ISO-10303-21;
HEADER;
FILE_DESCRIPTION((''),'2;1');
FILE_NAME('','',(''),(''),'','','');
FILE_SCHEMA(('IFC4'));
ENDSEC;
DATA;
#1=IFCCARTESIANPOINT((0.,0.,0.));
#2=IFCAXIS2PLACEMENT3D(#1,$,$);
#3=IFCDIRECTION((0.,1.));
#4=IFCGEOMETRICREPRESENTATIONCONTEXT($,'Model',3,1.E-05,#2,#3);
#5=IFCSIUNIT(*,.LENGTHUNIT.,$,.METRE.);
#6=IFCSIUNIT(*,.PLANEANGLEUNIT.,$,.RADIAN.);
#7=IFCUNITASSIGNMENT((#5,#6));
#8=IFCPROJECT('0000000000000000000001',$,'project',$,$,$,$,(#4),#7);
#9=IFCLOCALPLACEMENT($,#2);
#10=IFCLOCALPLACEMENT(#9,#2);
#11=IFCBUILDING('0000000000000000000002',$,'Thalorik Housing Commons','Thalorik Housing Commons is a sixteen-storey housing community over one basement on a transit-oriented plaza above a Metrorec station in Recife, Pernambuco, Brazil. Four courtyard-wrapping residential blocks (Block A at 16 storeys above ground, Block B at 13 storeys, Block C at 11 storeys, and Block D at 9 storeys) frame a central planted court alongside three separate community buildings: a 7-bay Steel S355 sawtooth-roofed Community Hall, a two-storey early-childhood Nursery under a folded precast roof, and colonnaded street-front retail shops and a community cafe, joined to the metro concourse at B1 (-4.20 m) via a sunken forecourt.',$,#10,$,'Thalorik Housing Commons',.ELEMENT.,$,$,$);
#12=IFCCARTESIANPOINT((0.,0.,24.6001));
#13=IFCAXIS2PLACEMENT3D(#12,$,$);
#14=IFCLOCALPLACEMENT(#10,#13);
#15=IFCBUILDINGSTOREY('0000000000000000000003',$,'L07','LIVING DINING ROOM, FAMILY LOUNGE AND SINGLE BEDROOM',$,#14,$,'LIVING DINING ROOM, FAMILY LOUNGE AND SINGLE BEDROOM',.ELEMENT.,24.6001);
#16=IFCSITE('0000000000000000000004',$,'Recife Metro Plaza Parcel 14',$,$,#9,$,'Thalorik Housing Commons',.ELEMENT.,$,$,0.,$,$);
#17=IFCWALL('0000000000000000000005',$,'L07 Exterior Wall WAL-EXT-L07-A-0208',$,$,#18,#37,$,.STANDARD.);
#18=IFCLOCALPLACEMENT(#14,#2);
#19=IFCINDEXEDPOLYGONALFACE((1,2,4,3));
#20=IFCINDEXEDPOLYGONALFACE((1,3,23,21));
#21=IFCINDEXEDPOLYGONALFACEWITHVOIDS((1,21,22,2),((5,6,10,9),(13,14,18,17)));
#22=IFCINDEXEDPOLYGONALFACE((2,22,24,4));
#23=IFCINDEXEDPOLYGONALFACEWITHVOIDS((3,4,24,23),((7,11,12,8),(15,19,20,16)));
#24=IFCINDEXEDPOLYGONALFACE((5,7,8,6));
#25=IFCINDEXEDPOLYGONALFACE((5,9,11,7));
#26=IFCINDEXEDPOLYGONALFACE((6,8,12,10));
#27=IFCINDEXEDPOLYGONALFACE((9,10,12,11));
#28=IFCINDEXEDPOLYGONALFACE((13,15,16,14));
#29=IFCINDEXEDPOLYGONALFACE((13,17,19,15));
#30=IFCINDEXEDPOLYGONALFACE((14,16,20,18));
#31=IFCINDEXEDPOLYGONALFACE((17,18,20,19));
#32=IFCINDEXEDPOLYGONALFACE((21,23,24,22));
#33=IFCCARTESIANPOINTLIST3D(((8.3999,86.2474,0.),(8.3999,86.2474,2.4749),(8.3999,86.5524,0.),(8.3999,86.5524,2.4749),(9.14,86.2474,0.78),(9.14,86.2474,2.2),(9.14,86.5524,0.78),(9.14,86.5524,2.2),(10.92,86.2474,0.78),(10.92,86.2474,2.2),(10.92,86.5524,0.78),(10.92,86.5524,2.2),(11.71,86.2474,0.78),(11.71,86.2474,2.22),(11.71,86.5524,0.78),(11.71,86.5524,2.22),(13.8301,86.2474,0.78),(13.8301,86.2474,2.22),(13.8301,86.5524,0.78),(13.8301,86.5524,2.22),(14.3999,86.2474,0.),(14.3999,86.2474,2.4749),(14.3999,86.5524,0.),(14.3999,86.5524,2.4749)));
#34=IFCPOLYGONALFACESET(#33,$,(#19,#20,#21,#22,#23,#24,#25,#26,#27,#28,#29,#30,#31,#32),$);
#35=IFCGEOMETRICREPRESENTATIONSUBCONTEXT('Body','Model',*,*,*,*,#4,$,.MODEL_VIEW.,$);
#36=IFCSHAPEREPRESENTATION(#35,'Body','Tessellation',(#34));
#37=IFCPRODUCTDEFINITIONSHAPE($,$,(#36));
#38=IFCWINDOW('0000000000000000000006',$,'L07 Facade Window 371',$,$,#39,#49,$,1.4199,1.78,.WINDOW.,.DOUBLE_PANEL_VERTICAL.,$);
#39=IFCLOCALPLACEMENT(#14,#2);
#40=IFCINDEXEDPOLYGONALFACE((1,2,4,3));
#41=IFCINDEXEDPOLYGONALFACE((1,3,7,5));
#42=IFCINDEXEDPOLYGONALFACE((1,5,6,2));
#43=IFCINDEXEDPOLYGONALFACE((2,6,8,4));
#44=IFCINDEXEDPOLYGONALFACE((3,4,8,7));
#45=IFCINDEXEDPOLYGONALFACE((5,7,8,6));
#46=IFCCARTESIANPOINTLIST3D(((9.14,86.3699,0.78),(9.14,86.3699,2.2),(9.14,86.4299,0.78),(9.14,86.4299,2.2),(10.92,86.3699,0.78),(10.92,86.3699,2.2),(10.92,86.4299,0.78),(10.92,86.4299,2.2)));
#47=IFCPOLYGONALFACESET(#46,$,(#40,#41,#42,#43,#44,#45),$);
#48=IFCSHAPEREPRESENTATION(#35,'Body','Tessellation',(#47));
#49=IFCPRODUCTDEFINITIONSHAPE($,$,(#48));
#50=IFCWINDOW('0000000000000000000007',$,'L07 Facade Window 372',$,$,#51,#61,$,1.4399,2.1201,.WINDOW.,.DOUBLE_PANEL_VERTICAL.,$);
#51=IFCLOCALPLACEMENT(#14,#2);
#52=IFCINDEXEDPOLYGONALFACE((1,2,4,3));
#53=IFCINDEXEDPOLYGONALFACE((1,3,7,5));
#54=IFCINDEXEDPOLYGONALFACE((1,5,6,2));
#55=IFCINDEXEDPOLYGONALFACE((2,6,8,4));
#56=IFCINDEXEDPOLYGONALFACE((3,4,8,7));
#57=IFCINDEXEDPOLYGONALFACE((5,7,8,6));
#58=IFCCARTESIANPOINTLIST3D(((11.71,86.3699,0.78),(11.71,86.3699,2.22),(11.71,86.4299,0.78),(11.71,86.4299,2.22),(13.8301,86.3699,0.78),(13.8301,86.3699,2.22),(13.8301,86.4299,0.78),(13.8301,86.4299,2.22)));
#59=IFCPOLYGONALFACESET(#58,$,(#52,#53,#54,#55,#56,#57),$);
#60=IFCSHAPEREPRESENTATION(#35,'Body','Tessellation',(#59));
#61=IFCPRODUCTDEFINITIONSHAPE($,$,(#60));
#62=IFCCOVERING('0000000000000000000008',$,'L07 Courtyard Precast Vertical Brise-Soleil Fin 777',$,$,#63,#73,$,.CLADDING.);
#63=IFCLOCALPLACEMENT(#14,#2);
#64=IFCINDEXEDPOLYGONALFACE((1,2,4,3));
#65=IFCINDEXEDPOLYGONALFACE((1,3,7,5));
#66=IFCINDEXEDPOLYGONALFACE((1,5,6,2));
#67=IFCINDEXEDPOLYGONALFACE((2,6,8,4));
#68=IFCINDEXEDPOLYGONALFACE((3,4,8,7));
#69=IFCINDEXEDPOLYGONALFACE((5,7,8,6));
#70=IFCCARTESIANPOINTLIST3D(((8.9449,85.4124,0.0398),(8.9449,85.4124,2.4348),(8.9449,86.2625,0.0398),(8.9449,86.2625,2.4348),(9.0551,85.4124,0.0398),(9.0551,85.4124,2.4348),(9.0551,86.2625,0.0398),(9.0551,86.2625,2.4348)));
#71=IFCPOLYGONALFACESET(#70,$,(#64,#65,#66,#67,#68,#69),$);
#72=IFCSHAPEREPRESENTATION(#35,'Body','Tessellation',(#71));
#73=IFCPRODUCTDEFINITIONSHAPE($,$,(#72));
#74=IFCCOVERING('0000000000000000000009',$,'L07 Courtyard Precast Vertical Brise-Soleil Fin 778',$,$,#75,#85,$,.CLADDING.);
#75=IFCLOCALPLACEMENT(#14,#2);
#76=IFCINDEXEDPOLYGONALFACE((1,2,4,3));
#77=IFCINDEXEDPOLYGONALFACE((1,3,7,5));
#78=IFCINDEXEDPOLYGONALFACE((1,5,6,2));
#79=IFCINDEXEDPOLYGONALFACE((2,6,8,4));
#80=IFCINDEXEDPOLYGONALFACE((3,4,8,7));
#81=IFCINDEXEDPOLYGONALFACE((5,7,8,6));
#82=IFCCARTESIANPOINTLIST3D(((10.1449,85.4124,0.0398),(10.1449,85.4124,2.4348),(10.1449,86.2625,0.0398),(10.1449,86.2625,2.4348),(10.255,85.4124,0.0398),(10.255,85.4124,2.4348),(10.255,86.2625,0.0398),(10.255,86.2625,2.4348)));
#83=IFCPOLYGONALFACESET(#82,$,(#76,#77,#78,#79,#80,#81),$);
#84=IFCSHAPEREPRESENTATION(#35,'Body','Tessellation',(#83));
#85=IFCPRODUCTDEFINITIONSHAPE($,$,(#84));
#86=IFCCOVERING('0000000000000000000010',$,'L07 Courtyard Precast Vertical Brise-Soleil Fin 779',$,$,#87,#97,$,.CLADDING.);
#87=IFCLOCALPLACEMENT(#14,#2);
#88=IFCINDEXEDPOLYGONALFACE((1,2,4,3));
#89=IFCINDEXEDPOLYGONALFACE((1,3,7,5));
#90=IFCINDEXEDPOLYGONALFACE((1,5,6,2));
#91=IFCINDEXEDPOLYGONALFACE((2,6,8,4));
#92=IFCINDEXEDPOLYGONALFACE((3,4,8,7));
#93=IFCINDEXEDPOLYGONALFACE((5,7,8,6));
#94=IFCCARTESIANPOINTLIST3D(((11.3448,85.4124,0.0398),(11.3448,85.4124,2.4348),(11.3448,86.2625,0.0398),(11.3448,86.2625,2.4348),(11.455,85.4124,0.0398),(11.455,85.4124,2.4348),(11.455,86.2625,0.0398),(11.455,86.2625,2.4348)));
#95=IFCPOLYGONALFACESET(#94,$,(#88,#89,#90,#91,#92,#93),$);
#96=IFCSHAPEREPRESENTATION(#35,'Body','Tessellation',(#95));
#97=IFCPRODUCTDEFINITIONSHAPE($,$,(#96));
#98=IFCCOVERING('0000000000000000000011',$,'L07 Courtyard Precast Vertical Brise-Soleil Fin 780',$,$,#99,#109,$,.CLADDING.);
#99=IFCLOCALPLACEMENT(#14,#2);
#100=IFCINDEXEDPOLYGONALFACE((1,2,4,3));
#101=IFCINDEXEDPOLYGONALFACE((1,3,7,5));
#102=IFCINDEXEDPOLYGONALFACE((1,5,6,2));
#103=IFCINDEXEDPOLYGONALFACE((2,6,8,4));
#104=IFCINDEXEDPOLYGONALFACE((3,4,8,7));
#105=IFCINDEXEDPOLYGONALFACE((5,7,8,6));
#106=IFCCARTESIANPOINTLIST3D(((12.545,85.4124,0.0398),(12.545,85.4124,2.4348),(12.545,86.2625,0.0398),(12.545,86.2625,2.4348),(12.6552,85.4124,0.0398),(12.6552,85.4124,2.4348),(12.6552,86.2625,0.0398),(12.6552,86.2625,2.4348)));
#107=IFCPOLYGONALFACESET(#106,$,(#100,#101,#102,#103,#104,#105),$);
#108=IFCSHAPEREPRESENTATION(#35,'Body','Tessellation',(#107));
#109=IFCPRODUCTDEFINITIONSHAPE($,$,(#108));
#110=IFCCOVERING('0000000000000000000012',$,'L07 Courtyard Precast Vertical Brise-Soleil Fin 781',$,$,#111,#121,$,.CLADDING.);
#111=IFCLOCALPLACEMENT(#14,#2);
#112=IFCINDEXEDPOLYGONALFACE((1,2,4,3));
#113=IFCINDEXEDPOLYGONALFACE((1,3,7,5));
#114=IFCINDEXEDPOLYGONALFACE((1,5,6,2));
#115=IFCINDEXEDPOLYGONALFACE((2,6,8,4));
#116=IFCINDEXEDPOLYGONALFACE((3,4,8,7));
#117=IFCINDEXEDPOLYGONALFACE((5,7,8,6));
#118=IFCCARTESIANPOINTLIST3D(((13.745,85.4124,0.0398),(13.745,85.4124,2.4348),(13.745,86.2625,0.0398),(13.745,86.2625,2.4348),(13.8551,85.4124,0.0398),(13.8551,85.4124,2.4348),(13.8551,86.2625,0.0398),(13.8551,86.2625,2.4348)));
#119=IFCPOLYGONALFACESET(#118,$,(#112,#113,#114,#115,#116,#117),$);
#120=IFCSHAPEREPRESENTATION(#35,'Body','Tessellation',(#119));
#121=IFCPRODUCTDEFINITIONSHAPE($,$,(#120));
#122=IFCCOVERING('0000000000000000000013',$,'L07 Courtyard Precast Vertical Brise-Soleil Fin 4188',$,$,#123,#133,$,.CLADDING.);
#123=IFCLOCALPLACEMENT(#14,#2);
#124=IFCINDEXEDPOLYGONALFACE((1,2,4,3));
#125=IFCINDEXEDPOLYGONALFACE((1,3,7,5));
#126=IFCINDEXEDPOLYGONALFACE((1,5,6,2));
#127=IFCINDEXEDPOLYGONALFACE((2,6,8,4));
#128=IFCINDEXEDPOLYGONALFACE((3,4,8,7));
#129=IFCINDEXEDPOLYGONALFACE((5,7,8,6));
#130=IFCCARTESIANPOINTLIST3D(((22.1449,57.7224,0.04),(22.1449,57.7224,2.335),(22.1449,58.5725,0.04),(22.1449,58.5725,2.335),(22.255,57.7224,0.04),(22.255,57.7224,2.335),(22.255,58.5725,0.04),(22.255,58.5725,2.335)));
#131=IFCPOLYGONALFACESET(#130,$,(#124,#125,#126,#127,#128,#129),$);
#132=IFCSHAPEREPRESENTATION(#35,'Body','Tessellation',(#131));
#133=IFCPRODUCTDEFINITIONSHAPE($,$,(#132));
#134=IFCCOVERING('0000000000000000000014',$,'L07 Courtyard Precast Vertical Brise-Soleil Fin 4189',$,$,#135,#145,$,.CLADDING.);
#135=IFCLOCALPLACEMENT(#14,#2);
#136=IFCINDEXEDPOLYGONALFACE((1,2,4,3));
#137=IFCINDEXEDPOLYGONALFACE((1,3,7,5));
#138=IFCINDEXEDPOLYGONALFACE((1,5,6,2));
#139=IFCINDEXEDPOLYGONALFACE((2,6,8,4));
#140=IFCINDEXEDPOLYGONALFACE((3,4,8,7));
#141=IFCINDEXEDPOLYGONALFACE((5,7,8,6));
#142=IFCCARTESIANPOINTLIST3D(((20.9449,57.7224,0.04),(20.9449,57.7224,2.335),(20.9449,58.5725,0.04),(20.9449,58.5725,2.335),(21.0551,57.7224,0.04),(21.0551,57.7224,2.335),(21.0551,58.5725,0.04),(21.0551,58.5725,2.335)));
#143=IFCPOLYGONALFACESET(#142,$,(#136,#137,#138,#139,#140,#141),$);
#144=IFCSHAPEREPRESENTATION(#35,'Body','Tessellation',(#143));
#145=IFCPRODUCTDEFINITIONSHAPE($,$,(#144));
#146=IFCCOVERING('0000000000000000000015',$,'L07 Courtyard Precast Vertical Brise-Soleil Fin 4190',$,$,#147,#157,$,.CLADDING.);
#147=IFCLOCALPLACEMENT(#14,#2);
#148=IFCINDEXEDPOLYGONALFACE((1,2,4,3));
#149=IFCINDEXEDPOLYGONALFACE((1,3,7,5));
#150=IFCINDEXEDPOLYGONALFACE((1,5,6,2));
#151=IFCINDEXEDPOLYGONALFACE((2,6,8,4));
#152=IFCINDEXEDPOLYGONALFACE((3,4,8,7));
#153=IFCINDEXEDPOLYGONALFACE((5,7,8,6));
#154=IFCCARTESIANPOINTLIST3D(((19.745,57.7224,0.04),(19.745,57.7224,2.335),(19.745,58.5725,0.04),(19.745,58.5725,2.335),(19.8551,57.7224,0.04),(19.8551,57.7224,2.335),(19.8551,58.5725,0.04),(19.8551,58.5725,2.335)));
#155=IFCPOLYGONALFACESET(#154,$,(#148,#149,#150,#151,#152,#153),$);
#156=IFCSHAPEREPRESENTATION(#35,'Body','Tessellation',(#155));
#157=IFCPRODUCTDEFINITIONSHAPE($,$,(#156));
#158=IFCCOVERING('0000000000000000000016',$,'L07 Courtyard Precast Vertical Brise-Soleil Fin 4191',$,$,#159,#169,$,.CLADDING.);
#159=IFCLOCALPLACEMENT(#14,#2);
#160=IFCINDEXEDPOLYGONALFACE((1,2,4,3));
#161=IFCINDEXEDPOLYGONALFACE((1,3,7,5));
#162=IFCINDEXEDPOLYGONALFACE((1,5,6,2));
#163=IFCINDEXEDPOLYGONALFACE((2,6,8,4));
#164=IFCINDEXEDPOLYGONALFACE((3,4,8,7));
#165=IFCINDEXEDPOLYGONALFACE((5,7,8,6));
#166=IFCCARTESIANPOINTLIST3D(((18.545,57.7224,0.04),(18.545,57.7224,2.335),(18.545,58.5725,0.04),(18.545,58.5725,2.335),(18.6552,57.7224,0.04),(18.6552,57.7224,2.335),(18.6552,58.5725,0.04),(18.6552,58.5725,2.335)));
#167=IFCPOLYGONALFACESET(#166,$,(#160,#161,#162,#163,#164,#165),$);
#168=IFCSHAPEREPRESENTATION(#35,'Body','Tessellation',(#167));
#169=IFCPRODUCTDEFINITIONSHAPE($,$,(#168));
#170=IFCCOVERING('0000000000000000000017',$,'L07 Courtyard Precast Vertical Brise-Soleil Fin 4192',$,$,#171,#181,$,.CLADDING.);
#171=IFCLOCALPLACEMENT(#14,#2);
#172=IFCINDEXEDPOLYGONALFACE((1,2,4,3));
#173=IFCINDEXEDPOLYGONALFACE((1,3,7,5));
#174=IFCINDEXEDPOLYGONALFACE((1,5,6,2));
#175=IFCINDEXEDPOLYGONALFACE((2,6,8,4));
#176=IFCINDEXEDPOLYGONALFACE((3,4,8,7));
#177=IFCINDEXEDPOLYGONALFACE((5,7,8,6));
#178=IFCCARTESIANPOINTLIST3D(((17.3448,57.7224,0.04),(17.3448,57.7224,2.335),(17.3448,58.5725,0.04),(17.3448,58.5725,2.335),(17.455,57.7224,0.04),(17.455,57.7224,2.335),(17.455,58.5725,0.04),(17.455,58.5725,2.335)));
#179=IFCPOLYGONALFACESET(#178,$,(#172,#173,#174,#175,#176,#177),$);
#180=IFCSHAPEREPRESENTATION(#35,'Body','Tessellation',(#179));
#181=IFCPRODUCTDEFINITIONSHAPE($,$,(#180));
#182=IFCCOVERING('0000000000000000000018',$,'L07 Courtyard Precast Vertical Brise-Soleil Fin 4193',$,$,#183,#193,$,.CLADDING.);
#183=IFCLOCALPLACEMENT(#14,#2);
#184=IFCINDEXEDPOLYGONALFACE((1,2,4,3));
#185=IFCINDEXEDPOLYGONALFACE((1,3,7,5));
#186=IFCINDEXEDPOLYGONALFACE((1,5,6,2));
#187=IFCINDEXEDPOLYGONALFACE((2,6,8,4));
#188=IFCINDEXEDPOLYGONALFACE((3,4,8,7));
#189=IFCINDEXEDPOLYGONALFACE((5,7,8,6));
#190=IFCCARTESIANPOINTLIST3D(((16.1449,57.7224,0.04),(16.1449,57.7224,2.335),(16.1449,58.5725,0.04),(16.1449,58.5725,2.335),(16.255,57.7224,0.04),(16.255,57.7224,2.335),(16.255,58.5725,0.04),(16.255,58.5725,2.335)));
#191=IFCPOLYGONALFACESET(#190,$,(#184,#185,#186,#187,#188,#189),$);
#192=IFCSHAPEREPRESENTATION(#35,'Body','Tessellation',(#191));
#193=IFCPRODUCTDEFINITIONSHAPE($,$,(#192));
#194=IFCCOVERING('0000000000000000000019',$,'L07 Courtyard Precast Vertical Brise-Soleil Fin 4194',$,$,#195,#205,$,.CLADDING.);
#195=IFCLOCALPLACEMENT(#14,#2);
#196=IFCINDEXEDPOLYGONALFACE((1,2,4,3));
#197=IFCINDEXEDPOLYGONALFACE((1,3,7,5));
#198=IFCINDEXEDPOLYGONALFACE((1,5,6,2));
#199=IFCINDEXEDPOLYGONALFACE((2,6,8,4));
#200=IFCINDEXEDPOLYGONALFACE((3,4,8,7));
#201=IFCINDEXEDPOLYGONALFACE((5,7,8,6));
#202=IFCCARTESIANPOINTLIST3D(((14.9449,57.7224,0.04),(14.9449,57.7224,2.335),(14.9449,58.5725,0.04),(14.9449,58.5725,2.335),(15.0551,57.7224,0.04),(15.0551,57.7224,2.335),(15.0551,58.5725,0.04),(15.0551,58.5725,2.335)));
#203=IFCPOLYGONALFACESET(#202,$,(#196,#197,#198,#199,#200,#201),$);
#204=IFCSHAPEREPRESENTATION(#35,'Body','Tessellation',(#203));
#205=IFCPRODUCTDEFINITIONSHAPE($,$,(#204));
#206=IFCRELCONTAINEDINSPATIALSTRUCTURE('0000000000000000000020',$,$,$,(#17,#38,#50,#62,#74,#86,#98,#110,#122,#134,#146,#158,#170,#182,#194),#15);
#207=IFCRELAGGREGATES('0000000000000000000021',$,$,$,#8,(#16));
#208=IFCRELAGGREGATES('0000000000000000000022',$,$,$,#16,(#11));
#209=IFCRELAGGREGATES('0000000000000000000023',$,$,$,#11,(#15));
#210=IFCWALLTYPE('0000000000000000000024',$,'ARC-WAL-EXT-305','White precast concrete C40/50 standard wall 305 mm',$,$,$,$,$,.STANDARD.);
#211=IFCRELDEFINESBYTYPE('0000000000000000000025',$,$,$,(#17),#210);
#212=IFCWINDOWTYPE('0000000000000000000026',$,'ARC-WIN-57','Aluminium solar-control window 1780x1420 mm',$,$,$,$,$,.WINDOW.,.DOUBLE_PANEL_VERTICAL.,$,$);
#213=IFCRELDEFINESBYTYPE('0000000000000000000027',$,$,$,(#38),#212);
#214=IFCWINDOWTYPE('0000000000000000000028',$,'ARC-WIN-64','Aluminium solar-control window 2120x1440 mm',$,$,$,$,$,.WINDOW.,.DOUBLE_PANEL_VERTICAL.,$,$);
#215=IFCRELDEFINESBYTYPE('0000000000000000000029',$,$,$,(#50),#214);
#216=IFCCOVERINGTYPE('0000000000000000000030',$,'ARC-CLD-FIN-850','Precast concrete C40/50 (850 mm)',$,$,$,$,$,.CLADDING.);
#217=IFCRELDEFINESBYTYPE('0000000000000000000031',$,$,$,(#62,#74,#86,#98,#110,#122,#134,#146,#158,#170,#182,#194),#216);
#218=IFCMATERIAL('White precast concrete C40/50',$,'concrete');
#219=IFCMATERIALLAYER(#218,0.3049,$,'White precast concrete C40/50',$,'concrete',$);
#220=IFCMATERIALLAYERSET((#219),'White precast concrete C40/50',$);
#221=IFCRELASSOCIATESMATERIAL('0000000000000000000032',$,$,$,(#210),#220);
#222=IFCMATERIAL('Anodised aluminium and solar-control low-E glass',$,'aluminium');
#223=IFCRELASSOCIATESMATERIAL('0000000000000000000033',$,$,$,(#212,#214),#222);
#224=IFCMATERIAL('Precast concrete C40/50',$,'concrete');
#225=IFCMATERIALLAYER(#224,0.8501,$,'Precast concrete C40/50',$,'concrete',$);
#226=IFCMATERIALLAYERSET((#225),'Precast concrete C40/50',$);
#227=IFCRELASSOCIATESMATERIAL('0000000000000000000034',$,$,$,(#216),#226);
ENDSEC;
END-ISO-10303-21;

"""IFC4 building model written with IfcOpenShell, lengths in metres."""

from ifc_helpers import new_model, si_unit, direction, frame, frame_2d, origin, origin_2d, place, context, subcontext, project, spatial, rectangle, extrude, material, layer, layer_set, type_object, element, fill, save


model = new_model("IFC4")

# Units and contexts
model_context = context("Model", 3, precision=1e-05, world=origin(), true_north=direction((0.0, 1.0)))
body_context = subcontext(model_context, "Body", "Model", "MODEL_VIEW")
ifc_project = project(units=[si_unit("LENGTHUNIT", "METRE"), si_unit("PLANEANGLEUNIT", "RADIAN")], contexts=[model_context])

# Site, building, storey
site_placement = place(None, origin())
site = spatial("IfcSite", under=ifc_project, at=site_placement, Name="Recife Metro Plaza Parcel 14", LongName="Thalorik Housing Commons", CompositionType="ELEMENT", RefElevation=0.0)
building_placement = place(site_placement, origin())
building = spatial("IfcBuilding", under=site, at=building_placement, Name="Thalorik Housing Commons", Description="Thalorik Housing Commons is a sixteen-storey housing community over one basement on a transit-oriented plaza above a Metrorec station in Recife, Pernambuco, Brazil. Four courtyard-wrapping residential blocks (Block A at 16 storeys above ground, Block B at 13 storeys, Block C at 11 storeys, and Block D at 9 storeys) frame a central planted court alongside three separate community buildings: a 7-bay Steel S355 sawtooth-roofed Community Hall, a two-storey early-childhood Nursery under a folded precast roof, and colonnaded street-front retail shops and a community cafe, joined to the metro concourse at B1 (-4.20 m) via a sunken forecourt.", LongName="Thalorik Housing Commons", CompositionType="ELEMENT")
storey_placement = place(building_placement, frame((0.0, 0.0, 24.6001)))
storey = spatial("IfcBuildingStorey", under=building, at=storey_placement, Name="L07", Description="LIVING DINING ROOM, FAMILY LOUNGE AND SINGLE BEDROOM", LongName="LIVING DINING ROOM, FAMILY LOUNGE AND SINGLE BEDROOM", CompositionType="ELEMENT", Elevation=24.6001)

# Shared definitions
ifc_material_1 = material(Name="Precast concrete C40/50", Category="concrete")

# Shared definitions
ifc_material_2 = material(Name="White precast concrete C40/50", Category="concrete")
ifc_material_3 = material(Name="Anodised aluminium and solar-control low-E glass", Category="aluminium")

# Wall, openings, windows
ifc_layer_1 = layer(ifc_material_2, 0.3049, Name="White precast concrete C40/50", Category="concrete")
ifc_layer_set_1 = layer_set([ifc_layer_1], Name="White precast concrete C40/50")
wall_type_1 = type_object("IfcWallType", Name="ARC-WAL-EXT-305", Description="White precast concrete C40/50 standard wall 305 mm", PredefinedType="STANDARD", material=ifc_layer_set_1)
wall_1_placement = place(storey_placement, frame((8.3999, 86.3999, 0.0), z_axis=(0.0, 0.0, 1.0), x_axis=(1.0, 0.0, 0.0)))
wall_1 = element("IfcWall", 1, at=wall_1_placement, inside=storey, type_object=wall_type_1, Name="L07 Exterior Wall WAL-EXT-L07-A-0208", PredefinedType="STANDARD", context=body_context, shape_type="SweptSolid", body=[
    extrude(rectangle(XDim=6.0, YDim=0.3049, at=frame_2d((3.0, 0.0))), origin(), (0.0, 0.0, 1.0), 2.4749),
])
opening_1_placement = place(wall_1_placement, frame((0.74, 0.0, 0.78)))
opening_1 = element("IfcOpeningElement", 2, at=opening_1_placement, cuts=wall_1, PredefinedType="OPENING", context=body_context, shape_type="SweptSolid", body=[
    extrude(rectangle(XDim=1.78, YDim=1.4199, at=frame_2d((0.8901, 0.71))), frame((0.0, 0.1626, 0.0), z_axis=(0.0, -1.0, 0.0), x_axis=(1.0, 0.0, 0.0)), (0.0, 0.0, 1.0), 0.325),
])
opening_2_placement = place(wall_1_placement, frame((3.3101, 0.0, 0.78)))
opening_2 = element("IfcOpeningElement", 3, at=opening_2_placement, cuts=wall_1, PredefinedType="OPENING", context=body_context, shape_type="SweptSolid", body=[
    extrude(rectangle(XDim=2.1201, YDim=1.4399, at=frame_2d((1.0601, 0.72))), frame((0.0, 0.1626, 0.0), z_axis=(0.0, -1.0, 0.0), x_axis=(1.0, 0.0, 0.0)), (0.0, 0.0, 1.0), 0.325),
])
window_type_1 = type_object("IfcWindowType", Name="ARC-WIN-57", Description="Aluminium solar-control window 1780x1420 mm", PartitioningType="DOUBLE_PANEL_VERTICAL", PredefinedType="WINDOW", material=ifc_material_3)
window_1_placement = place(opening_1_placement, origin())
window_1 = element("IfcWindow", 4, at=window_1_placement, inside=storey, type_object=window_type_1, Name="L07 Facade Window 371", OverallHeight=1.4199, OverallWidth=1.78, PartitioningType="DOUBLE_PANEL_VERTICAL", PredefinedType="WINDOW", context=body_context, shape_type="SweptSolid", body=[
    extrude(rectangle(XDim=1.78, YDim=1.4199, at=frame_2d((0.8901, 0.71))), frame((0.0, 0.03, 0.0), z_axis=(0.0, -1.0, 0.0), x_axis=(1.0, 0.0, 0.0)), (0.0, 0.0, 1.0), 0.0601),
])
fill(opening_1, window_1)
window_type_2 = type_object("IfcWindowType", Name="ARC-WIN-64", Description="Aluminium solar-control window 2120x1440 mm", PartitioningType="DOUBLE_PANEL_VERTICAL", PredefinedType="WINDOW", material=ifc_material_3)
window_2_placement = place(opening_2_placement, origin())
window_2 = element("IfcWindow", 5, at=window_2_placement, inside=storey, type_object=window_type_2, Name="L07 Facade Window 372", OverallHeight=1.4399, OverallWidth=2.1201, PartitioningType="DOUBLE_PANEL_VERTICAL", PredefinedType="WINDOW", context=body_context, shape_type="SweptSolid", body=[
    extrude(rectangle(XDim=2.1201, YDim=1.4399, at=frame_2d((1.0601, 0.72))), frame((0.0, 0.03, 0.0), z_axis=(0.0, -1.0, 0.0), x_axis=(1.0, 0.0, 0.0)), (0.0, 0.0, 1.0), 0.0601),
])
fill(opening_2, window_2)

# Coverings
ifc_layer_2 = layer(ifc_material_1, 0.8501, Name="Precast concrete C40/50", Category="concrete")
ifc_layer_set_2 = layer_set([ifc_layer_2], Name="Precast concrete C40/50")
covering_type_1 = type_object("IfcCoveringType", Name="ARC-CLD-FIN-850", Description="Precast concrete C40/50 (850 mm)", PredefinedType="CLADDING", material=ifc_layer_set_2)
for number, where, z_axis, x_axis, name in (
    (6, (9.0, 85.8374, 0.0398), (0.0, 0.0, 1.0), (1.0, 0.0, 0.0), "L07 Courtyard Precast Vertical Brise-Soleil Fin 777"),
    (7, (10.2, 85.8374, 0.0398), (0.0, 0.0, 1.0), (1.0, 0.0, 0.0), "L07 Courtyard Precast Vertical Brise-Soleil Fin 778"),
    (8, (11.3999, 85.8374, 0.0398), (0.0, 0.0, 1.0), (1.0, 0.0, 0.0), "L07 Courtyard Precast Vertical Brise-Soleil Fin 779"),
    (9, (12.6001, 85.8374, 0.0398), (0.0, 0.0, 1.0), (1.0, 0.0, 0.0), "L07 Courtyard Precast Vertical Brise-Soleil Fin 780"),
    (10, (13.8, 85.8374, 0.0398), (0.0, 0.0, 1.0), (1.0, 0.0, 0.0), "L07 Courtyard Precast Vertical Brise-Soleil Fin 781"),
):
    element("IfcCovering", number, at=place(storey_placement, frame(where, z_axis=z_axis, x_axis=x_axis)), inside=storey, type_object=covering_type_1, Name=name, PredefinedType="CLADDING", context=body_context, shape_type="SweptSolid", body=[
        extrude(rectangle(XDim=0.1101, YDim=0.8501, at=origin_2d()), origin(), (0.0, 0.0, 1.0), 2.395),
    ])
for number, where, z_axis, x_axis, name in (
    (11, (22.2, 58.1475, 0.04), (0.0, 0.0, 1.0), (-1.0, 0.0, 0.0), "L07 Courtyard Precast Vertical Brise-Soleil Fin 4188"),
    (12, (21.0, 58.1475, 0.04), (0.0, 0.0, 1.0), (-1.0, 0.0, 0.0), "L07 Courtyard Precast Vertical Brise-Soleil Fin 4189"),
    (13, (19.8, 58.1475, 0.04), (0.0, 0.0, 1.0), (-1.0, 0.0, 0.0), "L07 Courtyard Precast Vertical Brise-Soleil Fin 4190"),
    (14, (18.6001, 58.1475, 0.04), (0.0, 0.0, 1.0), (-1.0, 0.0, 0.0), "L07 Courtyard Precast Vertical Brise-Soleil Fin 4191"),
    (15, (17.3999, 58.1475, 0.04), (0.0, 0.0, 1.0), (-1.0, 0.0, 0.0), "L07 Courtyard Precast Vertical Brise-Soleil Fin 4192"),
    (16, (16.2, 58.1475, 0.04), (0.0, 0.0, 1.0), (-1.0, 0.0, 0.0), "L07 Courtyard Precast Vertical Brise-Soleil Fin 4193"),
    (17, (15.0, 58.1475, 0.04), (0.0, 0.0, 1.0), (-1.0, 0.0, 0.0), "L07 Courtyard Precast Vertical Brise-Soleil Fin 4194"),
):
    element("IfcCovering", number, at=place(storey_placement, frame(where, z_axis=z_axis, x_axis=x_axis)), inside=storey, type_object=covering_type_1, Name=name, PredefinedType="CLADDING", context=body_context, shape_type="SweptSolid", body=[
        extrude(rectangle(XDim=0.1101, YDim=0.8501, at=origin_2d()), origin(), (0.0, 0.0, 1.0), 2.2949),
    ])

save(model, "model.ifc")
